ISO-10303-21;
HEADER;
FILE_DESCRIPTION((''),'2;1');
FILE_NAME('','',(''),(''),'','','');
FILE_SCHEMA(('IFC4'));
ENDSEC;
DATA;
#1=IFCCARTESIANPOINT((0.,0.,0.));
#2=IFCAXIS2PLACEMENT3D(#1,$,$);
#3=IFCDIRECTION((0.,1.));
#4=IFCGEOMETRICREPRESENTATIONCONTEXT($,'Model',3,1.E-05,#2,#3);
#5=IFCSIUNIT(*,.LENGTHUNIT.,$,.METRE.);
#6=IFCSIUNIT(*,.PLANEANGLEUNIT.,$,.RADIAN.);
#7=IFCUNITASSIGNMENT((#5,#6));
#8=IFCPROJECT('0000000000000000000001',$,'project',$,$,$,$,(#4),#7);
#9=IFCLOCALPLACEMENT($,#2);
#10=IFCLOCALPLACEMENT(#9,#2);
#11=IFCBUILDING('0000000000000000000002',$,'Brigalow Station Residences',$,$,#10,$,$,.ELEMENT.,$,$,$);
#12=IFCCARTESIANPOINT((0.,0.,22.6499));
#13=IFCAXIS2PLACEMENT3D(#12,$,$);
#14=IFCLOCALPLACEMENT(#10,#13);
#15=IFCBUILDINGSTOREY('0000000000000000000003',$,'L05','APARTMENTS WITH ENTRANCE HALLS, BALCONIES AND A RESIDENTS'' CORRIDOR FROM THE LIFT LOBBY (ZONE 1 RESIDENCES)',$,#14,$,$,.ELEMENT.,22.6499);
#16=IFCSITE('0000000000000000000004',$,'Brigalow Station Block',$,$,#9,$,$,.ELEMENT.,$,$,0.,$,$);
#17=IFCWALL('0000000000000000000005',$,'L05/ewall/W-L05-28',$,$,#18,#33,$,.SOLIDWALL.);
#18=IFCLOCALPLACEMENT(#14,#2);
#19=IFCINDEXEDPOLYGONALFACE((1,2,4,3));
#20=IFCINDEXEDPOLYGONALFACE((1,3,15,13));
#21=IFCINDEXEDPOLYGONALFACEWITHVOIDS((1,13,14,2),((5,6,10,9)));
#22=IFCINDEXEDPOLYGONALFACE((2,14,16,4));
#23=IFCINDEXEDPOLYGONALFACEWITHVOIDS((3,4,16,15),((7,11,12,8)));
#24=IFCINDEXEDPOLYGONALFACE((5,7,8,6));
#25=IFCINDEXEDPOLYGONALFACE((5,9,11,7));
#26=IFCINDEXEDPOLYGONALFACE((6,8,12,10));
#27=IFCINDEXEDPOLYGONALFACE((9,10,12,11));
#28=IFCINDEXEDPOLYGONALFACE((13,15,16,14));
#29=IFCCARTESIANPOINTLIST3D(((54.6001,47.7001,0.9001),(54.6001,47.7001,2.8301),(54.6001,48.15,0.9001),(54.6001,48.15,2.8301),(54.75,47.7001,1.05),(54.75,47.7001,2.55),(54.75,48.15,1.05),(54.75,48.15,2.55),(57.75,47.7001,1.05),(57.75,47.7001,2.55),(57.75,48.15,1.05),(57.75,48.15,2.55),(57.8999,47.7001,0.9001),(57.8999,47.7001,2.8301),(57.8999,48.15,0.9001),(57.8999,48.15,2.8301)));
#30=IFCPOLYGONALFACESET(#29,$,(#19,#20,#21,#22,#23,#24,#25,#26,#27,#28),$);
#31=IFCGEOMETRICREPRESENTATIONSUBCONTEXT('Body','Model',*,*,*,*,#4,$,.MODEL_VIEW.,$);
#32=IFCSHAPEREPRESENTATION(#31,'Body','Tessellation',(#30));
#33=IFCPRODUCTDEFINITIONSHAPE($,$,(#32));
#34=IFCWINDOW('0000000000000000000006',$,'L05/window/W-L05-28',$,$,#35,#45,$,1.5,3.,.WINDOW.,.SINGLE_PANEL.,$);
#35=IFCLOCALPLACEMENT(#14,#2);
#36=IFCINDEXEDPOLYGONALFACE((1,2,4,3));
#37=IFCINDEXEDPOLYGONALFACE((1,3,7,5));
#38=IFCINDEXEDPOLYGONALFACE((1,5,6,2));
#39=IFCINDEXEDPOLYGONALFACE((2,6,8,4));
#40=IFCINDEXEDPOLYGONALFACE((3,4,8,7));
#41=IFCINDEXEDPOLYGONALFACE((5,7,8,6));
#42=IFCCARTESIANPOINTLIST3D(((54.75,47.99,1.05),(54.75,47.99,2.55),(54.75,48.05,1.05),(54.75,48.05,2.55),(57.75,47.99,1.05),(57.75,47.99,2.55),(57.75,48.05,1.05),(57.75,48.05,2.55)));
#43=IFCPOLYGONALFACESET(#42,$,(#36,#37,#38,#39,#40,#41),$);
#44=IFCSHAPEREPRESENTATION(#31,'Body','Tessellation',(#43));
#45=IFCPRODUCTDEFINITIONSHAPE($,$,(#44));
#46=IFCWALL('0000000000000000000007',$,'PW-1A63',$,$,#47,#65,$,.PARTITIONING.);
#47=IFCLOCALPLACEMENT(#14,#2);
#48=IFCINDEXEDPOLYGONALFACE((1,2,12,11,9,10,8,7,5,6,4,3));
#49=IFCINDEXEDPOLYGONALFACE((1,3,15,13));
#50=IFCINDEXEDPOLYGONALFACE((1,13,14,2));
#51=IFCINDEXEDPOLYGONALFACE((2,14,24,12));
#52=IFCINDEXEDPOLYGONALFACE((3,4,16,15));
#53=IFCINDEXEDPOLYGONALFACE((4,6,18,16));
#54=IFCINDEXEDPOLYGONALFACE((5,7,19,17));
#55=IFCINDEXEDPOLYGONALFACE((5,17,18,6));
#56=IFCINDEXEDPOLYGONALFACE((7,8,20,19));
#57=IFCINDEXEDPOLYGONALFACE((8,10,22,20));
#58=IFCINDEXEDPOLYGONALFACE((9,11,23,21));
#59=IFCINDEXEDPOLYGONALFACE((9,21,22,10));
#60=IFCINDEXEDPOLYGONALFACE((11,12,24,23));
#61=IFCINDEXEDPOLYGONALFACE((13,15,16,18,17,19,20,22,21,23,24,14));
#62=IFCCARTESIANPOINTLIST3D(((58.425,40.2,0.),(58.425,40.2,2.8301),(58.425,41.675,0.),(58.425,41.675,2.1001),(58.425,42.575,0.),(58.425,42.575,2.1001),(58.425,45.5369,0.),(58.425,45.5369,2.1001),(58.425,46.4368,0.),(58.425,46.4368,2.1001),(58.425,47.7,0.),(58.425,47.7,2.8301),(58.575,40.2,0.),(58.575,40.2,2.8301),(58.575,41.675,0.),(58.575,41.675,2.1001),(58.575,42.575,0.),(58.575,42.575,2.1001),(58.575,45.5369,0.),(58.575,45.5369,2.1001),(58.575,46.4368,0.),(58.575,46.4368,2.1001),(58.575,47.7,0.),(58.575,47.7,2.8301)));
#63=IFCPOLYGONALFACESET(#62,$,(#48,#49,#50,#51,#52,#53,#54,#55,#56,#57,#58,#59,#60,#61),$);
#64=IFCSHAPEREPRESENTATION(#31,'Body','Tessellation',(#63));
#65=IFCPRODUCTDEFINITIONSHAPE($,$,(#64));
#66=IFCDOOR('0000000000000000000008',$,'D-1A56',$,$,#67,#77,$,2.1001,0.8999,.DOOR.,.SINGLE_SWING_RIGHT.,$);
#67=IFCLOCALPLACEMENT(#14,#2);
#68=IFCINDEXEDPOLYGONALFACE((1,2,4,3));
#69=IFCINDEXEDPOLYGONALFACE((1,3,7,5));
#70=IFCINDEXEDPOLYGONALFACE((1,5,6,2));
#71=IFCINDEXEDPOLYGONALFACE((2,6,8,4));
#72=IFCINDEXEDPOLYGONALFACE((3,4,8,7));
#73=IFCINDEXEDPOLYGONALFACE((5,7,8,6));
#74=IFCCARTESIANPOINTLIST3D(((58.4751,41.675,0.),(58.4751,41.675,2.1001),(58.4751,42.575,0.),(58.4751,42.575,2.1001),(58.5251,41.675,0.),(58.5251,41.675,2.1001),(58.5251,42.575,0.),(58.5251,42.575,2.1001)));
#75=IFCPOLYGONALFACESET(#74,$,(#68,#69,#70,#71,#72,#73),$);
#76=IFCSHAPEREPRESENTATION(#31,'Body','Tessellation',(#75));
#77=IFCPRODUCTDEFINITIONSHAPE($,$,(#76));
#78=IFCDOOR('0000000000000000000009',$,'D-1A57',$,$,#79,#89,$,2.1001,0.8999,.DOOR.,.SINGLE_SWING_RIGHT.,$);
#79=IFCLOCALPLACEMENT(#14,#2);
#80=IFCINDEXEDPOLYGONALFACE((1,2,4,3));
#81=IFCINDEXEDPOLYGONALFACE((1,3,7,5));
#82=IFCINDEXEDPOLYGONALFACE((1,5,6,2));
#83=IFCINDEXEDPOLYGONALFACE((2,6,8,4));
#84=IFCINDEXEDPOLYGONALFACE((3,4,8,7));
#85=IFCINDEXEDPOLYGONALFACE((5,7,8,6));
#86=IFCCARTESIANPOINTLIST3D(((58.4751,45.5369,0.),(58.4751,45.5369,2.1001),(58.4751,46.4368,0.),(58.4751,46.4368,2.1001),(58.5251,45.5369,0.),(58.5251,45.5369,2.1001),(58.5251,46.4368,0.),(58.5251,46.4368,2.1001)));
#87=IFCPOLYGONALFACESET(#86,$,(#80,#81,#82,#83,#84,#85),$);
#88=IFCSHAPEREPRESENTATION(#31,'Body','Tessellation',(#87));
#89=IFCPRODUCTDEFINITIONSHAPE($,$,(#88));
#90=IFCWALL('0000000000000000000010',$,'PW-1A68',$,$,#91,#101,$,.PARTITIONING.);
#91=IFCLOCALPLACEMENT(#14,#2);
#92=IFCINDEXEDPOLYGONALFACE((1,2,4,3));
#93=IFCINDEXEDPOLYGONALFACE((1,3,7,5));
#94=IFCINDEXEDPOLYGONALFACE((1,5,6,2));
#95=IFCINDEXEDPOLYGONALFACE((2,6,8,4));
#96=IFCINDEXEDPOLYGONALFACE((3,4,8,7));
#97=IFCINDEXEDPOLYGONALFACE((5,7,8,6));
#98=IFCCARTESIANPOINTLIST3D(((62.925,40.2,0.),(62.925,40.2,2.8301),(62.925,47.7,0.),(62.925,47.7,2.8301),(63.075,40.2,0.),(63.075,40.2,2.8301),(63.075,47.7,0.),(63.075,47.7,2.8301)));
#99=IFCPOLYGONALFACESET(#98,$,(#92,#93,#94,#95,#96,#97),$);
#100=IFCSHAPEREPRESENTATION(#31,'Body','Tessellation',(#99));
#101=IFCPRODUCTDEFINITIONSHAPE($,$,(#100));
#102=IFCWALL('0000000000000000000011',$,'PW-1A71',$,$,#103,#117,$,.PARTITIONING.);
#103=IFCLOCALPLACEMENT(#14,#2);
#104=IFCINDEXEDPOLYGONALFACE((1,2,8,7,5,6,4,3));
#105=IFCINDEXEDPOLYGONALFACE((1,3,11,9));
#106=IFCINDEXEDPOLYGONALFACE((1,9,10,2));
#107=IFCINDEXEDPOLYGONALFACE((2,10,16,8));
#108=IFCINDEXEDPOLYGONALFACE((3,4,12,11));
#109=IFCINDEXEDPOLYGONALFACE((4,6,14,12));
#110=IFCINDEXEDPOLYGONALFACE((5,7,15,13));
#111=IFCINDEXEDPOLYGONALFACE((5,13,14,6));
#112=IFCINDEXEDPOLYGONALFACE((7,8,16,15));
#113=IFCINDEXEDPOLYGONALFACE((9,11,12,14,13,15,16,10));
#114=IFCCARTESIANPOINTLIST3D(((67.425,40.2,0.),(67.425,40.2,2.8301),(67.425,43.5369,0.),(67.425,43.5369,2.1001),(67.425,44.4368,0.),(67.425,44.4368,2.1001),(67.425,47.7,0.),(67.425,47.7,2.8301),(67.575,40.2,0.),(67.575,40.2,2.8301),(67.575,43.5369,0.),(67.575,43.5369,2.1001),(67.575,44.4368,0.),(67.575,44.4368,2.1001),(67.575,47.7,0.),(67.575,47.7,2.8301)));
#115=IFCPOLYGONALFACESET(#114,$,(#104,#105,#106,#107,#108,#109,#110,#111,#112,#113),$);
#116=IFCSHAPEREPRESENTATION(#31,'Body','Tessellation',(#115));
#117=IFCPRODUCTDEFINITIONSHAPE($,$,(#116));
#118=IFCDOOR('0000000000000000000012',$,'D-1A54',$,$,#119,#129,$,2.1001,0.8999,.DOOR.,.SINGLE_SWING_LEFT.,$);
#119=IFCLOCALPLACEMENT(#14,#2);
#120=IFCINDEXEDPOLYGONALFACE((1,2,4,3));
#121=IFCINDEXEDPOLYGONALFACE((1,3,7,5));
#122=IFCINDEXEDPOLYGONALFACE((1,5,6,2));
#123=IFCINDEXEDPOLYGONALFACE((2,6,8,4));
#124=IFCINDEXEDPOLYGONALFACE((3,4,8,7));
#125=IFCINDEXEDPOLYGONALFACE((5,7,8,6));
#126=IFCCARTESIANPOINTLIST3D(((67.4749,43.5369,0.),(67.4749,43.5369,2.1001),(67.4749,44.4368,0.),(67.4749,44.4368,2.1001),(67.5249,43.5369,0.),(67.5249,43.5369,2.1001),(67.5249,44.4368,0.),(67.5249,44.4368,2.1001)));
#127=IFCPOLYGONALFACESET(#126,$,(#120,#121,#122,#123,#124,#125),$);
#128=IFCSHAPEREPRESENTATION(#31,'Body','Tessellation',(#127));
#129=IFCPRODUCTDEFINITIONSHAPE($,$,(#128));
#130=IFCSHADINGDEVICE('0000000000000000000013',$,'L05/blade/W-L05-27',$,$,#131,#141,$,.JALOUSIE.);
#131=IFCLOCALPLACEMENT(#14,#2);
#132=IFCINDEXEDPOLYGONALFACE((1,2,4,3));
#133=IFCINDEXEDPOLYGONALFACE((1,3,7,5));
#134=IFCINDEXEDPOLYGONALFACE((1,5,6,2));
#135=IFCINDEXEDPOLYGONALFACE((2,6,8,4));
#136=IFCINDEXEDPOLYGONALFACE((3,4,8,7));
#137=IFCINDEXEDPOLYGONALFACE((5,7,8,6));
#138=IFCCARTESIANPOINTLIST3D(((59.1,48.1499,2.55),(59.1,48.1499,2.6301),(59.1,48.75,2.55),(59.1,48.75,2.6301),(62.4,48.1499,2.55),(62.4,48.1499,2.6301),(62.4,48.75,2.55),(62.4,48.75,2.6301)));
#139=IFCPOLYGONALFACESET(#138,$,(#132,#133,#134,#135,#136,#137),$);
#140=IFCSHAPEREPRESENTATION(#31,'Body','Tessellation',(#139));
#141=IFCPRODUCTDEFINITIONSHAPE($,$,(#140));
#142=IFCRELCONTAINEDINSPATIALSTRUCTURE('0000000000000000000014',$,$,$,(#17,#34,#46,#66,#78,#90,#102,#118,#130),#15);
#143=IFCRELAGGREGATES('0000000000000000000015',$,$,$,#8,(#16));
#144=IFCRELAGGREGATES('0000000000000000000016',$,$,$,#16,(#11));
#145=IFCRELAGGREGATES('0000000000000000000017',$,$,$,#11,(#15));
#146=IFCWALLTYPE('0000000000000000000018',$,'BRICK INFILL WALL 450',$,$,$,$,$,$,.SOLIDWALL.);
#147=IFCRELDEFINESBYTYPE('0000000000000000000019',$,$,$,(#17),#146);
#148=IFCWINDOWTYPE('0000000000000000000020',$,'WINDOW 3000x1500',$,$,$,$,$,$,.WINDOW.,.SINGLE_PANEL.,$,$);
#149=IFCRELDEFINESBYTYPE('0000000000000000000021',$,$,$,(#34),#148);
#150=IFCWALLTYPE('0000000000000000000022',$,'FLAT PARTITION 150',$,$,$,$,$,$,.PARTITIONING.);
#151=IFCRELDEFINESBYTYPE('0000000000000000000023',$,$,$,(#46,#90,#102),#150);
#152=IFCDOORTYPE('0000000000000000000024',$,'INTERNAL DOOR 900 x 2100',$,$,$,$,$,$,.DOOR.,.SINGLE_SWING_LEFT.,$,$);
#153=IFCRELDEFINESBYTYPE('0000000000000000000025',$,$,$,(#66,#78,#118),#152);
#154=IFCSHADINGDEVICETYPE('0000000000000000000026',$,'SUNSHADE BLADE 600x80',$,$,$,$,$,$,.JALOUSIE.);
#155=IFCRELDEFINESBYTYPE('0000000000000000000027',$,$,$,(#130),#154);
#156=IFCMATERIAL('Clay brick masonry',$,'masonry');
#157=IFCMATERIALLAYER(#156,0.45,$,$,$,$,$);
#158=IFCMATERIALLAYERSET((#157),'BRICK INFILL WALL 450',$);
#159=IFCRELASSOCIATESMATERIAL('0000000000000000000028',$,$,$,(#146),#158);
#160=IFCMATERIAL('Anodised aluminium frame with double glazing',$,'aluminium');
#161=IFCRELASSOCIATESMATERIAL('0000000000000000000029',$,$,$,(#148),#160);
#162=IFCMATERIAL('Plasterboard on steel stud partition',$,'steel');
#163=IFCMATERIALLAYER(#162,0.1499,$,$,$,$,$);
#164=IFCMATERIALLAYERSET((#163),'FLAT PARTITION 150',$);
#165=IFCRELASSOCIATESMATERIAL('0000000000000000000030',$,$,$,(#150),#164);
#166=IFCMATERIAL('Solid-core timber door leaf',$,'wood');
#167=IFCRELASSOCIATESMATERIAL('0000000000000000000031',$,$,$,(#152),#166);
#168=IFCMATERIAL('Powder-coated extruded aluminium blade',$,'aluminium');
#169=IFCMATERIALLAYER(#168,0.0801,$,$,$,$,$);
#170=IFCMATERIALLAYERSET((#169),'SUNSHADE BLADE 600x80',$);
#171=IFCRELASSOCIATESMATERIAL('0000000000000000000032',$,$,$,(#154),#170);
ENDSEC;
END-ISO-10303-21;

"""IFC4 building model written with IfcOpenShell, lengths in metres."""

from ifc_helpers import new_model, si_unit, direction, frame, frame_2d, origin, origin_2d, place, context, subcontext, project, spatial, rectangle, extrude, material, layer, layer_set, type_object, element, fill, save


model = new_model("IFC4")

# Units and contexts
model_context = context("Model", 3, precision=1e-05, world=origin(), true_north=direction((0.0, 1.0)))
body_context = subcontext(model_context, "Body", "Model", "MODEL_VIEW")
ifc_project = project(units=[si_unit("LENGTHUNIT", "METRE"), si_unit("PLANEANGLEUNIT", "RADIAN")], contexts=[model_context])

# Site, building, storey
site_placement = place(None, origin())
site = spatial("IfcSite", under=ifc_project, at=site_placement, Name="Brigalow Station Block", CompositionType="ELEMENT", RefElevation=0.0)
building_placement = place(site_placement, origin())
building = spatial("IfcBuilding", under=site, at=building_placement, Name="Brigalow Station Residences", CompositionType="ELEMENT")
storey_placement = place(building_placement, frame((0.0, 0.0, 22.6499)))
storey = spatial("IfcBuildingStorey", under=building, at=storey_placement, Name="L05", Description="APARTMENTS WITH ENTRANCE HALLS, BALCONIES AND A RESIDENTS' CORRIDOR FROM THE LIFT LOBBY (ZONE 1 RESIDENCES)", CompositionType="ELEMENT", Elevation=22.6499)

# Shared definitions
ifc_material_1 = material(Name="Clay brick masonry", Category="masonry")
ifc_layer_1 = layer(ifc_material_1, 0.45)
ifc_layer_set_1 = layer_set([ifc_layer_1], Name="BRICK INFILL WALL 450")
wall_type_1 = type_object("IfcWallType", Name="BRICK INFILL WALL 450", PredefinedType="SOLIDWALL", material=ifc_layer_set_1)

# Wall, opening, window
ifc_material_2 = material(Name="Anodised aluminium frame with double glazing", Category="aluminium")
window_type = type_object("IfcWindowType", Name="WINDOW 3000x1500", PartitioningType="SINGLE_PANEL", PredefinedType="WINDOW", material=ifc_material_2)
wall_1_placement = place(storey_placement, frame((57.8999, 47.925, 0.9001), z_axis=(0.0, 0.0, 1.0), x_axis=(-1.0, 0.0, 0.0)))
wall_1 = element("IfcWall", 1, at=wall_1_placement, inside=storey, type_object=wall_type_1, Name="L05/ewall/W-L05-28", PredefinedType="SOLIDWALL", context=body_context, shape_type="SweptSolid", body=[
    extrude(rectangle(XDim=3.2998, YDim=0.45, at=frame_2d((1.6499, 0.0))), origin(), (0.0, 0.0, 1.0), 1.9299),
])
opening_1_placement = place(wall_1_placement, frame((0.1499, 0.0, 0.1499)))
opening_1 = element("IfcOpeningElement", 2, at=opening_1_placement, cuts=wall_1, PredefinedType="OPENING", context=body_context, shape_type="SweptSolid", body=[
    extrude(rectangle(XDim=3.0, YDim=1.5, at=frame_2d((1.5, 0.75))), frame((0.0, 0.2349, 0.0), z_axis=(0.0, -1.0, 0.0), x_axis=(1.0, 0.0, 0.0)), (0.0, 0.0, 1.0), 0.47),
])
window_1_placement = place(opening_1_placement, origin())
window_1 = element("IfcWindow", 3, at=window_1_placement, inside=storey, type_object=window_type, Name="L05/window/W-L05-28", OverallHeight=1.5, OverallWidth=3.0, PartitioningType="SINGLE_PANEL", PredefinedType="WINDOW", context=body_context, shape_type="SweptSolid", body=[
    extrude(rectangle(XDim=3.0, YDim=1.5, at=frame_2d((1.5, 0.75))), frame((0.0, -0.0649, 0.0), z_axis=(0.0, -1.0, 0.0), x_axis=(1.0, 0.0, 0.0)), (0.0, 0.0, 1.0), 0.0601),
])
fill(opening_1, window_1)

# Wall, openings, doors
ifc_material_3 = material(Name="Plasterboard on steel stud partition", Category="steel")
ifc_layer_2 = layer(ifc_material_3, 0.1499)
ifc_layer_set_2 = layer_set([ifc_layer_2], Name="FLAT PARTITION 150")
wall_type_2 = type_object("IfcWallType", Name="FLAT PARTITION 150", PredefinedType="PARTITIONING", material=ifc_layer_set_2)
wall_2_placement = place(storey_placement, frame((58.5, 40.2, 0.0), z_axis=(0.0, 0.0, 1.0), x_axis=(0.0, 1.0, 0.0)))
wall_2 = element("IfcWall", 4, at=wall_2_placement, inside=storey, type_object=wall_type_2, Name="PW-1A63", PredefinedType="PARTITIONING", context=body_context, shape_type="SweptSolid", body=[
    extrude(rectangle(XDim=7.5, YDim=0.1499, at=frame_2d((3.75, 0.0))), origin(), (0.0, 0.0, 1.0), 2.8301),
])
opening_2_placement = place(wall_2_placement, frame((1.4751, 0.0, 0.0)))
opening_2 = element("IfcOpeningElement", 5, at=opening_2_placement, cuts=wall_2, PredefinedType="OPENING", context=body_context, shape_type="SweptSolid", body=[
    extrude(rectangle(XDim=0.8999, YDim=2.1001, at=frame_2d((0.45, 1.05))), frame((0.0, 0.085, 0.0), z_axis=(0.0, -1.0, 0.0), x_axis=(1.0, 0.0, 0.0)), (0.0, 0.0, 1.0), 0.1699),
])
opening_3_placement = place(wall_2_placement, frame((5.3369, 0.0, 0.0)))
opening_3 = element("IfcOpeningElement", 6, at=opening_3_placement, cuts=wall_2, PredefinedType="OPENING", context=body_context, shape_type="SweptSolid", body=[
    extrude(rectangle(XDim=0.8999, YDim=2.1001, at=frame_2d((0.45, 1.05))), frame((0.0, 0.085, 0.0), z_axis=(0.0, -1.0, 0.0), x_axis=(1.0, 0.0, 0.0)), (0.0, 0.0, 1.0), 0.1699),
])
ifc_material_4 = material(Name="Solid-core timber door leaf", Category="wood")
door_type_1 = type_object("IfcDoorType", Name="INTERNAL DOOR 900 x 2100", OperationType="SINGLE_SWING_LEFT", PredefinedType="DOOR", material=ifc_material_4)
door_1_placement = place(opening_2_placement, origin())
door_1 = element("IfcDoor", 7, at=door_1_placement, inside=storey, type_object=door_type_1, Name="D-1A56", OperationType="SINGLE_SWING_RIGHT", OverallHeight=2.1001, OverallWidth=0.8999, PredefinedType="DOOR", context=body_context, shape_type="SweptSolid", body=[
    extrude(rectangle(XDim=0.8999, YDim=2.1001, at=frame_2d((0.45, 1.05))), frame((0.0, 0.0249, 0.0), z_axis=(0.0, -1.0, 0.0), x_axis=(1.0, 0.0, 0.0)), (0.0, 0.0, 1.0), 0.05),
])
fill(opening_2, door_1)
door_2_placement = place(opening_3_placement, origin())
door_2 = element("IfcDoor", 8, at=door_2_placement, inside=storey, type_object=door_type_1, Name="D-1A57", OperationType="SINGLE_SWING_RIGHT", OverallHeight=2.1001, OverallWidth=0.8999, PredefinedType="DOOR", context=body_context, shape_type="SweptSolid", body=[
    extrude(rectangle(XDim=0.8999, YDim=2.1001, at=frame_2d((0.45, 1.05))), frame((0.0, 0.0249, 0.0), z_axis=(0.0, -1.0, 0.0), x_axis=(1.0, 0.0, 0.0)), (0.0, 0.0, 1.0), 0.05),
])
fill(opening_3, door_2)

# Wall
wall_3_placement = place(storey_placement, frame((63.0, 40.2, 0.0), z_axis=(0.0, 0.0, 1.0), x_axis=(0.0, 1.0, 0.0)))
element("IfcWall", 9, at=wall_3_placement, inside=storey, type_object=wall_type_2, Name="PW-1A68", PredefinedType="PARTITIONING", context=body_context, shape_type="SweptSolid", body=[
    extrude(rectangle(XDim=7.5, YDim=0.1499, at=frame_2d((3.75, 0.0))), origin(), (0.0, 0.0, 1.0), 2.8301),
])

# Wall, opening, door
wall_4_placement = place(storey_placement, frame((67.5, 40.2, 0.0), z_axis=(0.0, 0.0, 1.0), x_axis=(0.0, 1.0, 0.0)))
wall_4 = element("IfcWall", 10, at=wall_4_placement, inside=storey, type_object=wall_type_2, Name="PW-1A71", PredefinedType="PARTITIONING", context=body_context, shape_type="SweptSolid", body=[
    extrude(rectangle(XDim=7.5, YDim=0.1499, at=frame_2d((3.75, 0.0))), origin(), (0.0, 0.0, 1.0), 2.8301),
])
opening_4_placement = place(wall_4_placement, frame((3.3369, 0.0, 0.0)))
opening_4 = element("IfcOpeningElement", 11, at=opening_4_placement, cuts=wall_4, PredefinedType="OPENING", context=body_context, shape_type="SweptSolid", body=[
    extrude(rectangle(XDim=0.8999, YDim=2.1001, at=frame_2d((0.45, 1.05))), frame((0.0, 0.085, 0.0), z_axis=(0.0, -1.0, 0.0), x_axis=(1.0, 0.0, 0.0)), (0.0, 0.0, 1.0), 0.1699),
])
door_3_placement = place(opening_4_placement, frame((0.8999, 0.0, 0.0), z_axis=(0.0, 0.0, 1.0), x_axis=(-1.0, 0.0, 0.0)))
door_3 = element("IfcDoor", 12, at=door_3_placement, inside=storey, type_object=door_type_1, Name="D-1A54", OperationType="SINGLE_SWING_LEFT", OverallHeight=2.1001, OverallWidth=0.8999, PredefinedType="DOOR", context=body_context, shape_type="SweptSolid", body=[
    extrude(rectangle(XDim=0.8999, YDim=2.1001, at=frame_2d((0.45, 1.05))), frame((0.0, 0.0249, 0.0), z_axis=(0.0, -1.0, 0.0), x_axis=(1.0, 0.0, 0.0)), (0.0, 0.0, 1.0), 0.05),
])
fill(opening_4, door_3)

# Shading device
ifc_material_5 = material(Name="Powder-coated extruded aluminium blade", Category="aluminium")
ifc_layer_3 = layer(ifc_material_5, 0.0801)
ifc_layer_set_3 = layer_set([ifc_layer_3], Name="SUNSHADE BLADE 600x80")
shading_device_type = type_object("IfcShadingDeviceType", Name="SUNSHADE BLADE 600x80", PredefinedType="JALOUSIE", material=ifc_layer_set_3)
shading_device_placement = place(storey_placement, frame((60.75, 48.45, 2.55), z_axis=(0.0, 0.0, 1.0), x_axis=(-1.0, 0.0, 0.0)))
element("IfcShadingDevice", 13, at=shading_device_placement, inside=storey, type_object=shading_device_type, Name="L05/blade/W-L05-27", PredefinedType="JALOUSIE", context=body_context, shape_type="SweptSolid", body=[
    extrude(rectangle(XDim=3.3, YDim=0.6001, at=origin_2d()), origin(), (0.0, 0.0, 1.0), 0.0801),
])

save(model, "model.ifc")
